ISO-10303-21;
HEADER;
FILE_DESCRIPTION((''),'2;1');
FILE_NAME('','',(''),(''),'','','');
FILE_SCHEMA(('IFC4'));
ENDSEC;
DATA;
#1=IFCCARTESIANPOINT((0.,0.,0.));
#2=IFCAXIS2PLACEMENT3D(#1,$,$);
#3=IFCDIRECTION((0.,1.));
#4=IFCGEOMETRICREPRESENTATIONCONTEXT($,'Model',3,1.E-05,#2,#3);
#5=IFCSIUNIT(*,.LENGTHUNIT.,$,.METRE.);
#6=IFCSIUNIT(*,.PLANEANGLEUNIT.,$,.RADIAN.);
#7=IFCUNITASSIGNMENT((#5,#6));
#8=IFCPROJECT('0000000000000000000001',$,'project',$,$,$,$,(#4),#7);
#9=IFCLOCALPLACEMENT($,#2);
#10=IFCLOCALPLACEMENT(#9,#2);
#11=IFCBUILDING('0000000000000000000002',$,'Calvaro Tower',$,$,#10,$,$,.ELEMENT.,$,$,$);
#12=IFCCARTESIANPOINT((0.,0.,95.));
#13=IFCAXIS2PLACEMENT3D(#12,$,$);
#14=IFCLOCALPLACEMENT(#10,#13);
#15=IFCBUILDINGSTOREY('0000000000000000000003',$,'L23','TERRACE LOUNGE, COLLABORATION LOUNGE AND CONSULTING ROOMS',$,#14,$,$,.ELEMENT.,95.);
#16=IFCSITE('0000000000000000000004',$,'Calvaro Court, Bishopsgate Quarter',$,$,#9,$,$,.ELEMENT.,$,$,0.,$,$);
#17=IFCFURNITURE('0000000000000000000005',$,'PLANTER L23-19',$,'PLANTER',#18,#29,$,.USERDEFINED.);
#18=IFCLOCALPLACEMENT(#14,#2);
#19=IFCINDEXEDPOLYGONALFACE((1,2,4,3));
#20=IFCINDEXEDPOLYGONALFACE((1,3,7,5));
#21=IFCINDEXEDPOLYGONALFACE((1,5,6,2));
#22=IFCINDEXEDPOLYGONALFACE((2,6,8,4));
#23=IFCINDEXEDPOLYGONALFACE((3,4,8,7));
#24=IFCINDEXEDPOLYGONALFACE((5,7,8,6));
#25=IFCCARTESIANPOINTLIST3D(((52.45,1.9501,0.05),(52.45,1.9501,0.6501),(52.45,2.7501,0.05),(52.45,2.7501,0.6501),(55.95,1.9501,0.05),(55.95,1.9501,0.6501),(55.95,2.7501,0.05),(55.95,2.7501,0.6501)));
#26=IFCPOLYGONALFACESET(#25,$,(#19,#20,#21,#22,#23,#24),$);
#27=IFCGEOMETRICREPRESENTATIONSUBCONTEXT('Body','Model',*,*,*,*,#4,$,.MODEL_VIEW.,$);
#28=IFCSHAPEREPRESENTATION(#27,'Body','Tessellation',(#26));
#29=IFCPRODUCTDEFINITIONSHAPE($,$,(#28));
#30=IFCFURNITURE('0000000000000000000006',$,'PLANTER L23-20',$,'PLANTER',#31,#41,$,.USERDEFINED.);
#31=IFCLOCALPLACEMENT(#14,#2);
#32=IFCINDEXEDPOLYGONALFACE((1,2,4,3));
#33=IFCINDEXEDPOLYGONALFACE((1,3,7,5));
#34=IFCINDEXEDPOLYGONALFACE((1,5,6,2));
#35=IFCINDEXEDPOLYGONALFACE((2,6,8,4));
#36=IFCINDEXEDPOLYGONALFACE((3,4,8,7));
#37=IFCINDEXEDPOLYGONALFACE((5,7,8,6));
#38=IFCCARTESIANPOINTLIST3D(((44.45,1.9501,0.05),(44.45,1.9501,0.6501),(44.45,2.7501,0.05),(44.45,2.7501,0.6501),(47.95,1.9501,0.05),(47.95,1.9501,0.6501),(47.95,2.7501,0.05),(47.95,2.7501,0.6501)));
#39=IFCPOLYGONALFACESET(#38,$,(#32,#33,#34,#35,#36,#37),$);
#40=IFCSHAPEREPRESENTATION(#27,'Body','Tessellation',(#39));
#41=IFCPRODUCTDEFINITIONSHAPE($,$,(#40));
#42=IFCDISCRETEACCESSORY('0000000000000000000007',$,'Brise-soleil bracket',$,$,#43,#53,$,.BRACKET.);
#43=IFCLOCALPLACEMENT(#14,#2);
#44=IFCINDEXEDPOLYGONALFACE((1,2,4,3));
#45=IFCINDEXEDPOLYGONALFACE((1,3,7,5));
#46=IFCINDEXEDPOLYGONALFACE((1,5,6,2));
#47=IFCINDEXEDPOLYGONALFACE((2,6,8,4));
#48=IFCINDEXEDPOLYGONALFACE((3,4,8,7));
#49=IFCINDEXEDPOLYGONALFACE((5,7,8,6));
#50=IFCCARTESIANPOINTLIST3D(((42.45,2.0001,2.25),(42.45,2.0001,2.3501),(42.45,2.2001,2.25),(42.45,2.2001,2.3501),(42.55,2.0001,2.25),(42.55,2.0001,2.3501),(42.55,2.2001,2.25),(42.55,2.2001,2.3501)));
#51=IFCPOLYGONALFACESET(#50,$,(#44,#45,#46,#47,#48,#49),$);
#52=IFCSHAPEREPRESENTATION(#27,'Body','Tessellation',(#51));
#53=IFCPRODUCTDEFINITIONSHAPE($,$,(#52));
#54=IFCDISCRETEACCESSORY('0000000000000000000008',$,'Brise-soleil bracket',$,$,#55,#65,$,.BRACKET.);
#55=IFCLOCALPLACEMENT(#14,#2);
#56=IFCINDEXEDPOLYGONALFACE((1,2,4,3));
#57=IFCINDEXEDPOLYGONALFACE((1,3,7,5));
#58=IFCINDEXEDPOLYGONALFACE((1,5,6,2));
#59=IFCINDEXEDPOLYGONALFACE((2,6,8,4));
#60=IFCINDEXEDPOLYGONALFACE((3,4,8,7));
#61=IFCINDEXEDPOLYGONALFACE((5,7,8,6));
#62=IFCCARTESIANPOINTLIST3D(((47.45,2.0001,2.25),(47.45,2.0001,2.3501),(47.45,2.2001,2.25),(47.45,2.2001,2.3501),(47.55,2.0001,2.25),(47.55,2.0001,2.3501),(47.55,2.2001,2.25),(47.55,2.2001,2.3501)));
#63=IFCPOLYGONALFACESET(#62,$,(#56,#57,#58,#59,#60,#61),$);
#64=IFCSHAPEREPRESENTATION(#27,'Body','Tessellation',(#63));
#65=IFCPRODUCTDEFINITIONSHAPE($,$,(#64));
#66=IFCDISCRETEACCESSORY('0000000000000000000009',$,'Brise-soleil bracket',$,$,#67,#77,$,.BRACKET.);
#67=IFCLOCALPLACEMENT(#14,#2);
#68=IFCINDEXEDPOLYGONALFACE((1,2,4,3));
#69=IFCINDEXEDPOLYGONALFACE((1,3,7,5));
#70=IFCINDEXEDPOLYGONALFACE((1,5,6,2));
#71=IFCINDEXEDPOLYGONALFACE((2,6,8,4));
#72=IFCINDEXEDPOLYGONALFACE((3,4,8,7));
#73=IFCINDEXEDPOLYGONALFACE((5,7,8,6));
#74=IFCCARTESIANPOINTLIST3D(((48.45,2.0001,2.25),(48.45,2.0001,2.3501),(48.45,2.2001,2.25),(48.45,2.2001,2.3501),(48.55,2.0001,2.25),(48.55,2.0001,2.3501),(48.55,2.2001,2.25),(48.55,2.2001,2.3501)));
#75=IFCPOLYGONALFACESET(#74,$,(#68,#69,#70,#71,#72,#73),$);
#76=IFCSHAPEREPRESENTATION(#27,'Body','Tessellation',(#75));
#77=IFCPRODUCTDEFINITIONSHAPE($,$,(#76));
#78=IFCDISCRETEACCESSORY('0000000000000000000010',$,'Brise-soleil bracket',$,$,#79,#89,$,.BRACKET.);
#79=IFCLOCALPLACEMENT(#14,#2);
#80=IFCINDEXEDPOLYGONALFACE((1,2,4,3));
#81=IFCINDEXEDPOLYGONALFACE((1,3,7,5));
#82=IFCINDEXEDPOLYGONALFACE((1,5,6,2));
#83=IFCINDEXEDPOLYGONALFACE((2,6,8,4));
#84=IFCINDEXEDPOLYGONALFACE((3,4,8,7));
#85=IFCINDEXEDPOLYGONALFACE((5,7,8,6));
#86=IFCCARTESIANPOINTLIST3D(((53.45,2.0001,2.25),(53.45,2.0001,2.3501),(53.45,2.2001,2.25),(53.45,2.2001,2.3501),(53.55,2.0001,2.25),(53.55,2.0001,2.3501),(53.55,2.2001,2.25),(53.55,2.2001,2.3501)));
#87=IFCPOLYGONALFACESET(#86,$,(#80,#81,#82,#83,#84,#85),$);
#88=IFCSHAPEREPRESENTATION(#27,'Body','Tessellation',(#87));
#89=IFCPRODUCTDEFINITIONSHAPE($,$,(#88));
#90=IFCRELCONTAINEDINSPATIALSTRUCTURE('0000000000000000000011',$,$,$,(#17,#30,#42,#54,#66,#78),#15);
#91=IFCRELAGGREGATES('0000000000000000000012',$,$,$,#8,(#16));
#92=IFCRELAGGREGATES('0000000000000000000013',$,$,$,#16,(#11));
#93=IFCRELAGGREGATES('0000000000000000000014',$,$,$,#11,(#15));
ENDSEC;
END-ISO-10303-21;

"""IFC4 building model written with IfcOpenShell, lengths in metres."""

from ifc_helpers import new_model, si_unit, direction, frame, origin, origin_2d, place, context, subcontext, project, spatial, rectangle, extrude, element, save


model = new_model("IFC4")

# Units and contexts
model_context = context("Model", 3, precision=1e-05, world=origin(), true_north=direction((0.0, 1.0)))
body_context = subcontext(model_context, "Body", "Model", "MODEL_VIEW")
ifc_project = project(units=[si_unit("LENGTHUNIT", "METRE"), si_unit("PLANEANGLEUNIT", "RADIAN")], contexts=[model_context])

# Site, building, storey
site_placement = place(None, origin())
site = spatial("IfcSite", under=ifc_project, at=site_placement, Name="Calvaro Court, Bishopsgate Quarter", CompositionType="ELEMENT", RefElevation=0.0)
building_placement = place(site_placement, origin())
building = spatial("IfcBuilding", under=site, at=building_placement, Name="Calvaro Tower", CompositionType="ELEMENT")
storey_placement = place(building_placement, frame((0.0, 0.0, 95.0)))
storey = spatial("IfcBuildingStorey", under=building, at=storey_placement, Name="L23", Description="TERRACE LOUNGE, COLLABORATION LOUNGE AND CONSULTING ROOMS", CompositionType="ELEMENT", Elevation=95.0)

# Furniture
for number, where, z_axis, x_axis, name in (
    (1, (54.2, 2.3501, 0.05), (0.0, 0.0, 1.0), (1.0, 0.0, 0.0), "PLANTER L23-19"),
    (2, (46.2, 2.3501, 0.05), (0.0, 0.0, 1.0), (1.0, 0.0, 0.0), "PLANTER L23-20"),
):
    element("IfcFurniture", number, at=place(storey_placement, frame(where, z_axis=z_axis, x_axis=x_axis)), inside=storey, Name=name, ObjectType="PLANTER", PredefinedType="USERDEFINED", context=body_context, shape_type="SweptSolid", body=[
        extrude(rectangle(XDim=3.5, YDim=0.8, at=origin_2d()), origin(), (0.0, 0.0, 1.0), 0.6001),
    ])

# Discrete accessories
for number, where, z_axis, x_axis, name in (
    (3, (42.5, 2.1001, 2.25), (0.0, 0.0, 1.0), (1.0, 0.0, 0.0), "Brise-soleil bracket"),
    (4, (47.5, 2.1001, 2.25), (0.0, 0.0, 1.0), (1.0, 0.0, 0.0), "Brise-soleil bracket"),
    (5, (48.5, 2.1001, 2.25), (0.0, 0.0, 1.0), (1.0, 0.0, 0.0), "Brise-soleil bracket"),
    (6, (53.5, 2.1001, 2.25), (0.0, 0.0, 1.0), (1.0, 0.0, 0.0), "Brise-soleil bracket"),
):
    element("IfcDiscreteAccessory", number, at=place(storey_placement, frame(where, z_axis=z_axis, x_axis=x_axis)), inside=storey, Name=name, PredefinedType="BRACKET", context=body_context, shape_type="SweptSolid", body=[
        extrude(rectangle(XDim=0.1001, YDim=0.2, at=origin_2d()), origin(), (0.0, 0.0, 1.0), 0.1001),
    ])

save(model, "model.ifc")
